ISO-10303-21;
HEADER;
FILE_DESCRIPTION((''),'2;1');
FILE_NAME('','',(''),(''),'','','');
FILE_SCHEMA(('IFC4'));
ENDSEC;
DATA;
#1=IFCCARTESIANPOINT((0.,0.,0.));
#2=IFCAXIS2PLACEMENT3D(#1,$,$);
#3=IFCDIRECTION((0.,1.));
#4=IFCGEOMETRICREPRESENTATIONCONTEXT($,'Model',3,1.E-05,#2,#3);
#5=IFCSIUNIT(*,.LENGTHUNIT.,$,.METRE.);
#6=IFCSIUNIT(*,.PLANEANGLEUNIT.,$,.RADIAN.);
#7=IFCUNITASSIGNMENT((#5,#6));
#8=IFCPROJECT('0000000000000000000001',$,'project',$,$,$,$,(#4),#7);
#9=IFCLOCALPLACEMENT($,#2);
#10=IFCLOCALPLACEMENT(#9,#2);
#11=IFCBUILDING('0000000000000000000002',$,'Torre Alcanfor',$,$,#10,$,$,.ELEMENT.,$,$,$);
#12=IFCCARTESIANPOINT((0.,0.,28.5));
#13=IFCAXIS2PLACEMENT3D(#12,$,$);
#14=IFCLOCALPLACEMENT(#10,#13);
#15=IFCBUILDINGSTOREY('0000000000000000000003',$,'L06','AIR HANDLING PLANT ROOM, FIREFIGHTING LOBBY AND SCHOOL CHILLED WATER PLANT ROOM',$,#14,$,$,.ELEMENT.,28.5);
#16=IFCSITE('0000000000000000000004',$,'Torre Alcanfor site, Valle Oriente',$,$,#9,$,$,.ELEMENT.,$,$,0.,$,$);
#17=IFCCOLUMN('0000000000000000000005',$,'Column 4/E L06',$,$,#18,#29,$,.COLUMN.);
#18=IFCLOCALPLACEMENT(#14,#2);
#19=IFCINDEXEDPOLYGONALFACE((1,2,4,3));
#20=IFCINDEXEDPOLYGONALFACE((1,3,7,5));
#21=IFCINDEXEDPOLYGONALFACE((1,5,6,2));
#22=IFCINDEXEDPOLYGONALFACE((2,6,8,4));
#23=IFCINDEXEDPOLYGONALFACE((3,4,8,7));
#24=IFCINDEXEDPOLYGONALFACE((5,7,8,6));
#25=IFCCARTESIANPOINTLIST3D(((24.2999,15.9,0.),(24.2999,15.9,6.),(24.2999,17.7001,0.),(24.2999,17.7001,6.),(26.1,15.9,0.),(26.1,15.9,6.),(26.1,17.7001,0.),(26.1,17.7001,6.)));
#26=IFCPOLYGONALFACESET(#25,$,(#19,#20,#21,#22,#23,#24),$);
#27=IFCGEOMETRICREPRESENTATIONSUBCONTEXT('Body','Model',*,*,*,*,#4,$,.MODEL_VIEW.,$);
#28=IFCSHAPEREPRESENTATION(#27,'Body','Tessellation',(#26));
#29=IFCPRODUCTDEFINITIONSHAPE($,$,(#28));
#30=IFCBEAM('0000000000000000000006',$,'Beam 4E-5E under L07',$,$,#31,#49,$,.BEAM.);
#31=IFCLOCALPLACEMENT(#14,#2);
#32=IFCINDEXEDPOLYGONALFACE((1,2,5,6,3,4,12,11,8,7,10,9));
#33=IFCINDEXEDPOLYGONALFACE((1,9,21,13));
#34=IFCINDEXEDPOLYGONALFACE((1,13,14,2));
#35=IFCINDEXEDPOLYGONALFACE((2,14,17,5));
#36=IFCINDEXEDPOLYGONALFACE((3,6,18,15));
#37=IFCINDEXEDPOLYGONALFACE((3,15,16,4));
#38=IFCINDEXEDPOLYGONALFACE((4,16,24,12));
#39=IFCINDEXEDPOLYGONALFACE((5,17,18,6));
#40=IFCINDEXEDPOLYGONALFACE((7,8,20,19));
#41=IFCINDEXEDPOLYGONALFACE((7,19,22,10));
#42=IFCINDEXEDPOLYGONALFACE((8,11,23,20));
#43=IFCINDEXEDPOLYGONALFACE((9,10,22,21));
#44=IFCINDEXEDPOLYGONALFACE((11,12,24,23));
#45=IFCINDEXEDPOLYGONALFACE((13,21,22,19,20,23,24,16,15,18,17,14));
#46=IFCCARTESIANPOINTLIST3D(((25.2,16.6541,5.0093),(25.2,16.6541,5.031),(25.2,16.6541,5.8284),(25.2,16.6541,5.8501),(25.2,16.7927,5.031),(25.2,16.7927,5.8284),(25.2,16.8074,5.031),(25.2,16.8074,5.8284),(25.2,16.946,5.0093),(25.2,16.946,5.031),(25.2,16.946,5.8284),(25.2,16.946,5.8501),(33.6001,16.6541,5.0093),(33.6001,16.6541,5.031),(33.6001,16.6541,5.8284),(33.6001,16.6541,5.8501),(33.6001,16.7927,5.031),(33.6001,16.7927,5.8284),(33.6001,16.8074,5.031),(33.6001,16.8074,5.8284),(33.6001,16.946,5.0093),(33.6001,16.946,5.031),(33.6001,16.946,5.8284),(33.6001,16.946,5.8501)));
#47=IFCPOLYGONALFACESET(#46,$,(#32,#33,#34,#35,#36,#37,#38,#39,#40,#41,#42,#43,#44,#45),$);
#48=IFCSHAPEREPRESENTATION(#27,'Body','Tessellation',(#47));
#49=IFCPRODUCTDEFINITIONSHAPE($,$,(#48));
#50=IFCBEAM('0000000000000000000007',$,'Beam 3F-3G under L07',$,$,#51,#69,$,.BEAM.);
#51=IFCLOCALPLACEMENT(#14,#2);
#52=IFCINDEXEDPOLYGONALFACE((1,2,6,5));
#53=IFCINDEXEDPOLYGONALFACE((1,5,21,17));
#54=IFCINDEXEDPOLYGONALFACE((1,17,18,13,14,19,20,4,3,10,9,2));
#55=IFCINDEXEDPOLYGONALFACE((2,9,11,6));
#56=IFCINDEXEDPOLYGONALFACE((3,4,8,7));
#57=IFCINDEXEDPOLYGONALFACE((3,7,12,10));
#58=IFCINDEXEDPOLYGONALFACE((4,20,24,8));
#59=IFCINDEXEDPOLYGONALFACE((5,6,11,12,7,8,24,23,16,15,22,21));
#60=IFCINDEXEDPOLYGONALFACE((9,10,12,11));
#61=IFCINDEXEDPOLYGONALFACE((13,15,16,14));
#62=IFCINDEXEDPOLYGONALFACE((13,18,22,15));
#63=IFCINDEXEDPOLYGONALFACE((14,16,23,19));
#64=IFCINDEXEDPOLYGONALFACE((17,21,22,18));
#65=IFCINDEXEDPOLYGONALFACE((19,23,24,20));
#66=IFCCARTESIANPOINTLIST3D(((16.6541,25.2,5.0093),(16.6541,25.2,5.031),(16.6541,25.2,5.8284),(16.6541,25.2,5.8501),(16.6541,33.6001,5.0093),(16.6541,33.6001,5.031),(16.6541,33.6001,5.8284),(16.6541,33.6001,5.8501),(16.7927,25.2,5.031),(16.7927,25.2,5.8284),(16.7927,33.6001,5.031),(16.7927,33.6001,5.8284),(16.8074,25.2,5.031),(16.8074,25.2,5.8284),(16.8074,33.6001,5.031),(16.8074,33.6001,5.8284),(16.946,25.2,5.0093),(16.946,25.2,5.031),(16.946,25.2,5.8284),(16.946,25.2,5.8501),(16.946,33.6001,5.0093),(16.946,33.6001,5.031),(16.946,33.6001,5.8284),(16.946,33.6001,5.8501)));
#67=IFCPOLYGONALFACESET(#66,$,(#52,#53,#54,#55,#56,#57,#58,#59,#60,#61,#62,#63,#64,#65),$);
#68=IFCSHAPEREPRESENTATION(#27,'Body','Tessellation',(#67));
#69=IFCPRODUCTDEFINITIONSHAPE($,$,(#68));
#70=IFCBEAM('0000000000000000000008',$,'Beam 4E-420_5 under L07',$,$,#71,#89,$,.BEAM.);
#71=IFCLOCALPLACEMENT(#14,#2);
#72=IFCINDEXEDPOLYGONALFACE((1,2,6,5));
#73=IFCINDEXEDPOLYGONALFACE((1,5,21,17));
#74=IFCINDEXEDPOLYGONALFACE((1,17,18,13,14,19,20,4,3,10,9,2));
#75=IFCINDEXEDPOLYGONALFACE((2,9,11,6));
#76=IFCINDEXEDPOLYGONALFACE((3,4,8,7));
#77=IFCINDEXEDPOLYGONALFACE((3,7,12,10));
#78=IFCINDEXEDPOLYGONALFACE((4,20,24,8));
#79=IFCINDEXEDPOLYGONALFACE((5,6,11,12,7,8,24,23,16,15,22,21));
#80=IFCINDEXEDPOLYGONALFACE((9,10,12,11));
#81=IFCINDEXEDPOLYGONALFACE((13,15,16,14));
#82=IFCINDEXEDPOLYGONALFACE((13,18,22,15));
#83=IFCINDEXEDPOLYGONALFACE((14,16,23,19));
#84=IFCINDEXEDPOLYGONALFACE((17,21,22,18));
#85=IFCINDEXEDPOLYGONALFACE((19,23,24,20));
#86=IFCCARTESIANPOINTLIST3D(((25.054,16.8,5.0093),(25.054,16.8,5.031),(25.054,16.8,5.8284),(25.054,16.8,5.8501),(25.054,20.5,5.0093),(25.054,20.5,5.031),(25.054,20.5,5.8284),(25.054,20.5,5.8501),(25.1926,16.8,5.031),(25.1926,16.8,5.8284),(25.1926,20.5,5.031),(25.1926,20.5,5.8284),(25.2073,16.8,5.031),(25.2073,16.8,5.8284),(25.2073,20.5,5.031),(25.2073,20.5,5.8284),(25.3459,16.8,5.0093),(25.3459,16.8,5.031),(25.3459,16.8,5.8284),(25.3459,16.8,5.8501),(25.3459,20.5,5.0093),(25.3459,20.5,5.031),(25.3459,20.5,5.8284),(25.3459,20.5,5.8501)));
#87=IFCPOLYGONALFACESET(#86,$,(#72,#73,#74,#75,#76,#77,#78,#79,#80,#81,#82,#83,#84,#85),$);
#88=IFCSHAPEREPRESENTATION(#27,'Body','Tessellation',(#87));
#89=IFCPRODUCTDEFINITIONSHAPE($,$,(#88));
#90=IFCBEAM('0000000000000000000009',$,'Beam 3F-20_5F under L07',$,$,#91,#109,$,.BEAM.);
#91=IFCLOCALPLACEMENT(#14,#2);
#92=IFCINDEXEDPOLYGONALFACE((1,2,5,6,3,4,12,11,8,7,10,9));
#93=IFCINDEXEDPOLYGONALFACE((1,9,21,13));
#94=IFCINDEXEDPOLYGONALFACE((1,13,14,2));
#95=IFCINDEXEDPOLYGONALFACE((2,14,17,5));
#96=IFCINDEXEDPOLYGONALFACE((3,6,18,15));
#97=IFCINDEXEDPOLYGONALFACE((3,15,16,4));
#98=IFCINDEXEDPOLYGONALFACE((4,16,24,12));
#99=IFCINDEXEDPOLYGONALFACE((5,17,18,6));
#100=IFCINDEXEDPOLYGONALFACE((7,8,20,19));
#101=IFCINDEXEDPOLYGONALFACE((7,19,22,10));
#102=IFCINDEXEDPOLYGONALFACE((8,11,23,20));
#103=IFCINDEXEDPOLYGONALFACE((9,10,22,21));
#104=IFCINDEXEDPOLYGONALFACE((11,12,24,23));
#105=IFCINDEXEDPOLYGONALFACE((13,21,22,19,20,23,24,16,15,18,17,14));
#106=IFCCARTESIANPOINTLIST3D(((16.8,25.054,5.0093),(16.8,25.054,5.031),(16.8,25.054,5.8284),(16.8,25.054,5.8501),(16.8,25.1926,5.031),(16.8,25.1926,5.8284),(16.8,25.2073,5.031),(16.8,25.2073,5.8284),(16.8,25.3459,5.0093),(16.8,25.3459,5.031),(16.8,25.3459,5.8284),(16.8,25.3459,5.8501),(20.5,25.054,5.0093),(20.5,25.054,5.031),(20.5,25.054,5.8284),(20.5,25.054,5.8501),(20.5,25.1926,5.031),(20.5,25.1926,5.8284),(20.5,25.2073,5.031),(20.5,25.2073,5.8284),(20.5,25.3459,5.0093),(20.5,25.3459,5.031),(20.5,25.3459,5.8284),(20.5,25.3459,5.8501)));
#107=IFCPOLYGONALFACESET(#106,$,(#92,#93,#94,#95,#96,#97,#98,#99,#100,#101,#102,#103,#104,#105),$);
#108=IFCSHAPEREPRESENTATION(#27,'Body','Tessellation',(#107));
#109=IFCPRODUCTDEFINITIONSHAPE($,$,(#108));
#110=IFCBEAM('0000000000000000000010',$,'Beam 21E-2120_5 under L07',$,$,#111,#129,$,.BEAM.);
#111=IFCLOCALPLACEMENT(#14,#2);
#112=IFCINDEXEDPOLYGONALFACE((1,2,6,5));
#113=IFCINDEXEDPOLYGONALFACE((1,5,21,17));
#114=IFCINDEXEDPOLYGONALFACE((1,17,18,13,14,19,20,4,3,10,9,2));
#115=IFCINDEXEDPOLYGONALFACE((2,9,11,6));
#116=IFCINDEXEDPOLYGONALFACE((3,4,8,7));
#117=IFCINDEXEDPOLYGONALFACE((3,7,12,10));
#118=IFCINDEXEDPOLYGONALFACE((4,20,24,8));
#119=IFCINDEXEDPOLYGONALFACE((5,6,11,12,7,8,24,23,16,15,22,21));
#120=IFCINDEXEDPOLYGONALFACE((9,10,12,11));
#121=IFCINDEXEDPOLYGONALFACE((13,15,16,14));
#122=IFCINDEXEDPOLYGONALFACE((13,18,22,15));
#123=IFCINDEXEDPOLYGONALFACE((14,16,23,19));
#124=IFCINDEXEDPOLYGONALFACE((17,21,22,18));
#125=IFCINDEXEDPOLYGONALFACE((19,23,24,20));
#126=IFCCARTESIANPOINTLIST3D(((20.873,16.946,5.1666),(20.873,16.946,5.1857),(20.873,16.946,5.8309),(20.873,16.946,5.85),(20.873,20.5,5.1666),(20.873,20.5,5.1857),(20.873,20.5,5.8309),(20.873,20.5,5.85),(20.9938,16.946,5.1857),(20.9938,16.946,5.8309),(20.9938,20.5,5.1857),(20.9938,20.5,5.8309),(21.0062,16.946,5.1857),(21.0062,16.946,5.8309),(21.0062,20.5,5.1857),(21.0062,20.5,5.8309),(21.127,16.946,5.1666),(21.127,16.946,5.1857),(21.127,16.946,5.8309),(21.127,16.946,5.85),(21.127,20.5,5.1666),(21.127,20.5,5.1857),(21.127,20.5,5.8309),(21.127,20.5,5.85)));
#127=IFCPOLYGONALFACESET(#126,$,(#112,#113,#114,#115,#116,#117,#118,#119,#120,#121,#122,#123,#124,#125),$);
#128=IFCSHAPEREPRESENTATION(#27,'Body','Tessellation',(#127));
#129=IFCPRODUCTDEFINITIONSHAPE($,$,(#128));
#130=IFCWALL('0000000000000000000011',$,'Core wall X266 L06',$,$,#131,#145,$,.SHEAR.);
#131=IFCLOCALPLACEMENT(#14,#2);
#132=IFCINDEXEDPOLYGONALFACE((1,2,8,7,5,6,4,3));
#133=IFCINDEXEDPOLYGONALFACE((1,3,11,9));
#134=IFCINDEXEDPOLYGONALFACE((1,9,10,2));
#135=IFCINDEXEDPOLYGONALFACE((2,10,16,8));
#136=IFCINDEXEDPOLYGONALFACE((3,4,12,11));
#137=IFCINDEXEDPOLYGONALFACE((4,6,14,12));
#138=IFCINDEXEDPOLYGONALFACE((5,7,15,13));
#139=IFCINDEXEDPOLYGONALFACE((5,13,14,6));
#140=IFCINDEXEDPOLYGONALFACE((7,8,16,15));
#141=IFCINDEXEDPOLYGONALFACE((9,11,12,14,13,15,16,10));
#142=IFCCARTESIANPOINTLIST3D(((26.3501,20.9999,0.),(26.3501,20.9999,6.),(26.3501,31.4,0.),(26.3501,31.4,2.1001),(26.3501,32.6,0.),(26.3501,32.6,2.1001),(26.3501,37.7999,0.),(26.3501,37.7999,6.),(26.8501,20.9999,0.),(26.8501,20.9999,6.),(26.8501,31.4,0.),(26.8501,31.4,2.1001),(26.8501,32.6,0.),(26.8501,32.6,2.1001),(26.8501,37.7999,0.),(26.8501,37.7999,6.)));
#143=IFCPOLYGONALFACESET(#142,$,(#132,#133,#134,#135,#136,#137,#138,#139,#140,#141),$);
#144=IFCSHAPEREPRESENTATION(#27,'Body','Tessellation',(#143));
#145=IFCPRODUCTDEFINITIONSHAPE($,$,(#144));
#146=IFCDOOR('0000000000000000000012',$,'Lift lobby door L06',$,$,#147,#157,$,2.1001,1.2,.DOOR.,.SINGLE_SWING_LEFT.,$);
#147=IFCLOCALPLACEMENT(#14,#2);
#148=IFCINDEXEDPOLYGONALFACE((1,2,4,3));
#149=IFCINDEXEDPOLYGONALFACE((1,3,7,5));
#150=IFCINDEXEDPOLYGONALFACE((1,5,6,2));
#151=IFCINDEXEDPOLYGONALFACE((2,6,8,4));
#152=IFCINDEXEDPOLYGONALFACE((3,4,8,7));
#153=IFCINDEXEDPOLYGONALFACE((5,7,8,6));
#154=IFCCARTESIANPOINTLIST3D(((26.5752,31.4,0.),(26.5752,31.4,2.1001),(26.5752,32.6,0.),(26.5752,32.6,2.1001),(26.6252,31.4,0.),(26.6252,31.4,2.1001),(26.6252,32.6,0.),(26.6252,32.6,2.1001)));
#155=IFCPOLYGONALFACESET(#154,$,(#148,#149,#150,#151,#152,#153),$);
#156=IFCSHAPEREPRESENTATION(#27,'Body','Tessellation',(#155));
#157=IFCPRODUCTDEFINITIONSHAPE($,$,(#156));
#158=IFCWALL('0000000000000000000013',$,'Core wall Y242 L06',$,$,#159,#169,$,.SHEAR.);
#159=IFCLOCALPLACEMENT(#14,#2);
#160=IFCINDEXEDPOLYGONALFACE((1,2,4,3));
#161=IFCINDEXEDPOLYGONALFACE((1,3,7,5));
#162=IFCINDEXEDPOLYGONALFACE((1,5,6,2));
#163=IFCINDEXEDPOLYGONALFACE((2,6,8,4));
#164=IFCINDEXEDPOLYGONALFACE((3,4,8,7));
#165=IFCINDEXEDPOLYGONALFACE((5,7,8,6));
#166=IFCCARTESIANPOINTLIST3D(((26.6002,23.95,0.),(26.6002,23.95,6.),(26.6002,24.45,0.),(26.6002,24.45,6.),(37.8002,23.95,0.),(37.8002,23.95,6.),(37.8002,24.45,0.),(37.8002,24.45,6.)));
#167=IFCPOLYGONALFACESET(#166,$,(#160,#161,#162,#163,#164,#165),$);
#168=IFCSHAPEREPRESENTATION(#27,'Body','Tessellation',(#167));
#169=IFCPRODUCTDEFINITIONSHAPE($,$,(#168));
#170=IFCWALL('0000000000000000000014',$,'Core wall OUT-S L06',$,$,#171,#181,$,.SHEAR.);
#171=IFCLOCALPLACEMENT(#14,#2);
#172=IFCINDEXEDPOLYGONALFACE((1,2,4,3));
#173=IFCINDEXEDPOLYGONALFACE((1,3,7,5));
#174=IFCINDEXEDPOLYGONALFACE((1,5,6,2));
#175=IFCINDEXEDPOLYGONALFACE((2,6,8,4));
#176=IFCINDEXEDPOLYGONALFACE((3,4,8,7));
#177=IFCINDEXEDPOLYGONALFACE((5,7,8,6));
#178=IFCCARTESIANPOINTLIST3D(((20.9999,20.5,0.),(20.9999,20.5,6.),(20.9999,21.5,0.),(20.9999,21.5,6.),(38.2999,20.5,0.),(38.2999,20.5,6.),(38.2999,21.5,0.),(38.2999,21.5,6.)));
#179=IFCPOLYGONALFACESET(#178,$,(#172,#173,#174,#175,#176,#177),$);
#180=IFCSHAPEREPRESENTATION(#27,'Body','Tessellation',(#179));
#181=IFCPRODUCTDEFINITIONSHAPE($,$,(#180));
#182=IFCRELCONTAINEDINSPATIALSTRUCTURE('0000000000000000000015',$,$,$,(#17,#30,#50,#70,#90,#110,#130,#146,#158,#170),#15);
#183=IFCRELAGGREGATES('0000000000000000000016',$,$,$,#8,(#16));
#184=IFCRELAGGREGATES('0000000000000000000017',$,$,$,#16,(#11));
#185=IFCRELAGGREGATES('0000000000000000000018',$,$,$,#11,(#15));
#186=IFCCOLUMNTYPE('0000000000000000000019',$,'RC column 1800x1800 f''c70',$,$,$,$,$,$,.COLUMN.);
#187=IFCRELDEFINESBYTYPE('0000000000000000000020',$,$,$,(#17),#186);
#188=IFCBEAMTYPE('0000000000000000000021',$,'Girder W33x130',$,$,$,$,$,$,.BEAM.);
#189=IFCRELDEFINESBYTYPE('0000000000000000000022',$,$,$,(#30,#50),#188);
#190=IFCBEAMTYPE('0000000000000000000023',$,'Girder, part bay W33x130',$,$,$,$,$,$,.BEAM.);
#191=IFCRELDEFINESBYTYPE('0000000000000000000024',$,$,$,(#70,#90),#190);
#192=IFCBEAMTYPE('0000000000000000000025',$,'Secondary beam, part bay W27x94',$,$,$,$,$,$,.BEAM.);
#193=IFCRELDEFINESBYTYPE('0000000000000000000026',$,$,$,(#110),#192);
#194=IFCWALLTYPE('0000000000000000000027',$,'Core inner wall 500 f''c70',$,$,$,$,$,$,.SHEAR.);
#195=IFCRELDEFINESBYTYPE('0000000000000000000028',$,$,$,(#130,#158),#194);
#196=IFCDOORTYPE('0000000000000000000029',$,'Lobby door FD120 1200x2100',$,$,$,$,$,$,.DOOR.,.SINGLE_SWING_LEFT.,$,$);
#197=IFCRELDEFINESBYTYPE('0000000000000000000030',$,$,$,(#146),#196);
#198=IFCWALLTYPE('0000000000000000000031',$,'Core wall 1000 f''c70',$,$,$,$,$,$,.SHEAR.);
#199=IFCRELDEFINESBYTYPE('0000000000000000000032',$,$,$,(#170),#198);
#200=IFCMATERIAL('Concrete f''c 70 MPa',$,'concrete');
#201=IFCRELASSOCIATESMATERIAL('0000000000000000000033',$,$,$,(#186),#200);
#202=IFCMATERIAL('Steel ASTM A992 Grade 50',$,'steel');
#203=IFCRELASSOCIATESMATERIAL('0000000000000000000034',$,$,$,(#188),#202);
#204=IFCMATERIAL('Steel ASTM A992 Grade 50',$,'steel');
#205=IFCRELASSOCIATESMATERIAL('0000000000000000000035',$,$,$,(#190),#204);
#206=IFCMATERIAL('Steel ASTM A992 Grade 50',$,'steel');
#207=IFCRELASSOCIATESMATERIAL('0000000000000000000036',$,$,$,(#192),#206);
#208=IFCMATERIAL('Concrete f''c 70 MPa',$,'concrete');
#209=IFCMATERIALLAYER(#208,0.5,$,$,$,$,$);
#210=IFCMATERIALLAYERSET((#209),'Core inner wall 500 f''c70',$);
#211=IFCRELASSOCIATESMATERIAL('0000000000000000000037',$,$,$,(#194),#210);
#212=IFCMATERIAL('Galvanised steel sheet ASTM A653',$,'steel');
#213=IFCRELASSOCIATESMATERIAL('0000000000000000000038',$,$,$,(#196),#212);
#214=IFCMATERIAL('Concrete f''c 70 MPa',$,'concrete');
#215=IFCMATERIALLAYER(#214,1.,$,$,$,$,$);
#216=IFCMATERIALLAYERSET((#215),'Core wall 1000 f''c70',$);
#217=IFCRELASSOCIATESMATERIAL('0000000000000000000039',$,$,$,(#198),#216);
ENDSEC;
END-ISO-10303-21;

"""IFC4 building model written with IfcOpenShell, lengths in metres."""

from ifc_helpers import new_model, si_unit, direction, frame, frame_2d, origin, origin_2d, place, context, subcontext, project, spatial, rectangle, i_section, extrude, material, layer, layer_set, material_profile, profile_set, type_object, element, fill, save


model = new_model("IFC4")

# Units and contexts
model_context = context("Model", 3, precision=1e-05, world=origin(), true_north=direction((0.0, 1.0)))
body_context = subcontext(model_context, "Body", "Model", "MODEL_VIEW")
ifc_project = project(units=[si_unit("LENGTHUNIT", "METRE"), si_unit("PLANEANGLEUNIT", "RADIAN")], contexts=[model_context])

# Site, building, storey
site_placement = place(None, origin())
site = spatial("IfcSite", under=ifc_project, at=site_placement, Name="Torre Alcanfor site, Valle Oriente", CompositionType="ELEMENT", RefElevation=0.0)
building_placement = place(site_placement, origin())
building = spatial("IfcBuilding", under=site, at=building_placement, Name="Torre Alcanfor", CompositionType="ELEMENT")
storey_placement = place(building_placement, frame((0.0, 0.0, 28.5)))
storey = spatial("IfcBuildingStorey", under=building, at=storey_placement, Name="L06", Description="AIR HANDLING PLANT ROOM, FIREFIGHTING LOBBY AND SCHOOL CHILLED WATER PLANT ROOM", CompositionType="ELEMENT", Elevation=28.5)

# Column
ifc_material_1 = material(Name="Concrete f'c 70 MPa", Category="concrete")
ifc_material_profile_1 = material_profile(ifc_material_1, rectangle(XDim=1.8, YDim=1.8, at=origin_2d()), Name="1800x1800")
ifc_profile_set_1 = profile_set([ifc_material_profile_1], Name="Concrete f'c 70 MPa")
column_type = type_object("IfcColumnType", Name="RC column 1800x1800 f'c70", PredefinedType="COLUMN", material=ifc_profile_set_1)
column_placement = place(storey_placement, frame((25.2, 16.8, 0.0), z_axis=(0.0, 0.0, 1.0), x_axis=(1.0, 0.0, 0.0)))
element("IfcColumn", 1, at=column_placement, inside=storey, type_object=column_type, Name="Column 4/E L06", PredefinedType="COLUMN", context=body_context, shape_type="SweptSolid", body=[
    extrude(rectangle(XDim=1.8, YDim=1.8, at=origin_2d()), origin(), (0.0, 0.0, 1.0), 6.0),
])

# Beams
ifc_material_2 = material(Name="Steel ASTM A992 Grade 50", Category="steel")
ifc_material_profile_2 = material_profile(ifc_material_2, i_section(OverallWidth=0.292, OverallDepth=0.8408, WebThickness=0.0146, FlangeThickness=0.0217, at=origin_2d()), Name="W33x130")
ifc_profile_set_2 = profile_set([ifc_material_profile_2], Name="Steel ASTM A992 Grade 50")
beam_type_1 = type_object("IfcBeamType", Name="Girder W33x130", PredefinedType="BEAM", material=ifc_profile_set_2)
for number, where, z_axis, x_axis, name in (
    (2, (25.2, 16.8, 5.4297), (1.0, 0.0, 0.0), (0.0, 1.0, 0.0), "Beam 4E-5E under L07"),
    (3, (16.8, 25.2, 5.4297), (0.0, 1.0, 0.0), (-1.0, 0.0, 0.0), "Beam 3F-3G under L07"),
):
    element("IfcBeam", number, at=place(storey_placement, frame(where, z_axis=z_axis, x_axis=x_axis)), inside=storey, type_object=beam_type_1, Name=name, PredefinedType="BEAM", context=body_context, shape_type="SweptSolid", body=[
        extrude(i_section(OverallWidth=0.292, OverallDepth=0.8408, WebThickness=0.0146, FlangeThickness=0.0217, at=origin_2d()), origin(), (0.0, 0.0, 1.0), 8.4001),
    ])
ifc_material_3 = material(Name="Steel ASTM A992 Grade 50", Category="steel")
ifc_material_profile_3 = material_profile(ifc_material_3, i_section(OverallWidth=0.292, OverallDepth=0.8408, WebThickness=0.0146, FlangeThickness=0.0217, at=origin_2d()), Name="W33x130")
ifc_profile_set_3 = profile_set([ifc_material_profile_3], Name="Steel ASTM A992 Grade 50")
beam_type_2 = type_object("IfcBeamType", Name="Girder, part bay W33x130", PredefinedType="BEAM", material=ifc_profile_set_3)
for number, where, z_axis, x_axis, name in (
    (4, (25.2, 16.8, 5.4297), (0.0, 1.0, 0.0), (-1.0, 0.0, 0.0), "Beam 4E-420_5 under L07"),
    (5, (16.8, 25.2, 5.4297), (1.0, 0.0, 0.0), (0.0, 1.0, 0.0), "Beam 3F-20_5F under L07"),
):
    element("IfcBeam", number, at=place(storey_placement, frame(where, z_axis=z_axis, x_axis=x_axis)), inside=storey, type_object=beam_type_2, Name=name, PredefinedType="BEAM", context=body_context, shape_type="SweptSolid", body=[
        extrude(i_section(OverallWidth=0.292, OverallDepth=0.8408, WebThickness=0.0146, FlangeThickness=0.0217, at=origin_2d()), origin(), (0.0, 0.0, 1.0), 3.7),
    ])
ifc_material_4 = material(Name="Steel ASTM A992 Grade 50", Category="steel")
ifc_material_profile_4 = material_profile(ifc_material_4, i_section(OverallWidth=0.2539, OverallDepth=0.6833, WebThickness=0.0125, FlangeThickness=0.019, at=origin_2d()), Name="W27x94")
ifc_profile_set_4 = profile_set([ifc_material_profile_4], Name="Steel ASTM A992 Grade 50")
beam_type_3 = type_object("IfcBeamType", Name="Secondary beam, part bay W27x94", PredefinedType="BEAM", material=ifc_profile_set_4)
beam_placement = place(storey_placement, frame((21.0, 16.946, 5.5083), z_axis=(0.0, 1.0, 0.0), x_axis=(-1.0, 0.0, 0.0)))
element("IfcBeam", 6, at=beam_placement, inside=storey, type_object=beam_type_3, Name="Beam 21E-2120_5 under L07", PredefinedType="BEAM", context=body_context, shape_type="SweptSolid", body=[
    extrude(i_section(OverallWidth=0.2539, OverallDepth=0.6833, WebThickness=0.0125, FlangeThickness=0.019, at=origin_2d()), origin(), (0.0, 0.0, 1.0), 3.554),
])

# Wall, opening, door
ifc_material_5 = material(Name="Concrete f'c 70 MPa", Category="concrete")
ifc_layer_1 = layer(ifc_material_5, 0.5)
ifc_layer_set_1 = layer_set([ifc_layer_1], Name="Core inner wall 500 f'c70")
wall_type_1 = type_object("IfcWallType", Name="Core inner wall 500 f'c70", PredefinedType="SHEAR", material=ifc_layer_set_1)
wall_1_placement = place(storey_placement, frame((26.6001, 21.0, 0.0), z_axis=(0.0, 0.0, 1.0), x_axis=(0.0, 1.0, 0.0)))
wall_1 = element("IfcWall", 7, at=wall_1_placement, inside=storey, type_object=wall_type_1, Name="Core wall X266 L06", PredefinedType="SHEAR", context=body_context, shape_type="SweptSolid", body=[
    extrude(rectangle(XDim=16.8, YDim=0.5, at=frame_2d((8.3999, 0.0))), origin(), (0.0, 0.0, 1.0), 6.0),
])
opening_1_placement = place(wall_1_placement, frame((10.3999, 0.0, 0.0)))
opening_1 = element("IfcOpeningElement", 8, at=opening_1_placement, cuts=wall_1, PredefinedType="OPENING", context=body_context, shape_type="SweptSolid", body=[
    extrude(rectangle(XDim=1.2, YDim=2.1001, at=frame_2d((0.6001, 1.05))), frame((0.0, 0.26, 0.0), z_axis=(0.0, -1.0, 0.0), x_axis=(1.0, 0.0, 0.0)), (0.0, 0.0, 1.0), 0.52),
])
ifc_material_6 = material(Name="Galvanised steel sheet ASTM A653", Category="steel")
door_type_1 = type_object("IfcDoorType", Name="Lobby door FD120 1200x2100", OperationType="SINGLE_SWING_LEFT", PredefinedType="DOOR", material=ifc_material_6)
door_1_placement = place(opening_1_placement, origin())
door_1 = element("IfcDoor", 9, at=door_1_placement, inside=storey, type_object=door_type_1, Name="Lift lobby door L06", OperationType="SINGLE_SWING_LEFT", OverallHeight=2.1001, OverallWidth=1.2, PredefinedType="DOOR", context=body_context, shape_type="SweptSolid", body=[
    extrude(rectangle(XDim=1.2, YDim=2.1001, at=frame_2d((0.6001, 1.05))), frame((0.0, 0.0249, 0.0), z_axis=(0.0, -1.0, 0.0), x_axis=(1.0, 0.0, 0.0)), (0.0, 0.0, 1.0), 0.05),
])
fill(opening_1, door_1)

# Walls
wall_2_placement = place(storey_placement, frame((26.6001, 24.2, 0.0), z_axis=(0.0, 0.0, 1.0), x_axis=(1.0, 0.0, 0.0)))
element("IfcWall", 10, at=wall_2_placement, inside=storey, type_object=wall_type_1, Name="Core wall Y242 L06", PredefinedType="SHEAR", context=body_context, shape_type="SweptSolid", body=[
    extrude(rectangle(XDim=11.2, YDim=0.5, at=frame_2d((5.6001, 0.0))), origin(), (0.0, 0.0, 1.0), 6.0),
])
ifc_material_7 = material(Name="Concrete f'c 70 MPa", Category="concrete")
ifc_layer_2 = layer(ifc_material_7, 1.0)
ifc_layer_set_2 = layer_set([ifc_layer_2], Name="Core wall 1000 f'c70")
wall_type_2 = type_object("IfcWallType", Name="Core wall 1000 f'c70", PredefinedType="SHEAR", material=ifc_layer_set_2)
wall_3_placement = place(storey_placement, frame((21.0, 21.0, 0.0), z_axis=(0.0, 0.0, 1.0), x_axis=(1.0, 0.0, 0.0)))
element("IfcWall", 11, at=wall_3_placement, inside=storey, type_object=wall_type_2, Name="Core wall OUT-S L06", PredefinedType="SHEAR", context=body_context, shape_type="SweptSolid", body=[
    extrude(rectangle(XDim=17.3, YDim=1.0, at=frame_2d((8.6499, 0.0))), origin(), (0.0, 0.0, 1.0), 6.0),
])

save(model, "model.ifc")
